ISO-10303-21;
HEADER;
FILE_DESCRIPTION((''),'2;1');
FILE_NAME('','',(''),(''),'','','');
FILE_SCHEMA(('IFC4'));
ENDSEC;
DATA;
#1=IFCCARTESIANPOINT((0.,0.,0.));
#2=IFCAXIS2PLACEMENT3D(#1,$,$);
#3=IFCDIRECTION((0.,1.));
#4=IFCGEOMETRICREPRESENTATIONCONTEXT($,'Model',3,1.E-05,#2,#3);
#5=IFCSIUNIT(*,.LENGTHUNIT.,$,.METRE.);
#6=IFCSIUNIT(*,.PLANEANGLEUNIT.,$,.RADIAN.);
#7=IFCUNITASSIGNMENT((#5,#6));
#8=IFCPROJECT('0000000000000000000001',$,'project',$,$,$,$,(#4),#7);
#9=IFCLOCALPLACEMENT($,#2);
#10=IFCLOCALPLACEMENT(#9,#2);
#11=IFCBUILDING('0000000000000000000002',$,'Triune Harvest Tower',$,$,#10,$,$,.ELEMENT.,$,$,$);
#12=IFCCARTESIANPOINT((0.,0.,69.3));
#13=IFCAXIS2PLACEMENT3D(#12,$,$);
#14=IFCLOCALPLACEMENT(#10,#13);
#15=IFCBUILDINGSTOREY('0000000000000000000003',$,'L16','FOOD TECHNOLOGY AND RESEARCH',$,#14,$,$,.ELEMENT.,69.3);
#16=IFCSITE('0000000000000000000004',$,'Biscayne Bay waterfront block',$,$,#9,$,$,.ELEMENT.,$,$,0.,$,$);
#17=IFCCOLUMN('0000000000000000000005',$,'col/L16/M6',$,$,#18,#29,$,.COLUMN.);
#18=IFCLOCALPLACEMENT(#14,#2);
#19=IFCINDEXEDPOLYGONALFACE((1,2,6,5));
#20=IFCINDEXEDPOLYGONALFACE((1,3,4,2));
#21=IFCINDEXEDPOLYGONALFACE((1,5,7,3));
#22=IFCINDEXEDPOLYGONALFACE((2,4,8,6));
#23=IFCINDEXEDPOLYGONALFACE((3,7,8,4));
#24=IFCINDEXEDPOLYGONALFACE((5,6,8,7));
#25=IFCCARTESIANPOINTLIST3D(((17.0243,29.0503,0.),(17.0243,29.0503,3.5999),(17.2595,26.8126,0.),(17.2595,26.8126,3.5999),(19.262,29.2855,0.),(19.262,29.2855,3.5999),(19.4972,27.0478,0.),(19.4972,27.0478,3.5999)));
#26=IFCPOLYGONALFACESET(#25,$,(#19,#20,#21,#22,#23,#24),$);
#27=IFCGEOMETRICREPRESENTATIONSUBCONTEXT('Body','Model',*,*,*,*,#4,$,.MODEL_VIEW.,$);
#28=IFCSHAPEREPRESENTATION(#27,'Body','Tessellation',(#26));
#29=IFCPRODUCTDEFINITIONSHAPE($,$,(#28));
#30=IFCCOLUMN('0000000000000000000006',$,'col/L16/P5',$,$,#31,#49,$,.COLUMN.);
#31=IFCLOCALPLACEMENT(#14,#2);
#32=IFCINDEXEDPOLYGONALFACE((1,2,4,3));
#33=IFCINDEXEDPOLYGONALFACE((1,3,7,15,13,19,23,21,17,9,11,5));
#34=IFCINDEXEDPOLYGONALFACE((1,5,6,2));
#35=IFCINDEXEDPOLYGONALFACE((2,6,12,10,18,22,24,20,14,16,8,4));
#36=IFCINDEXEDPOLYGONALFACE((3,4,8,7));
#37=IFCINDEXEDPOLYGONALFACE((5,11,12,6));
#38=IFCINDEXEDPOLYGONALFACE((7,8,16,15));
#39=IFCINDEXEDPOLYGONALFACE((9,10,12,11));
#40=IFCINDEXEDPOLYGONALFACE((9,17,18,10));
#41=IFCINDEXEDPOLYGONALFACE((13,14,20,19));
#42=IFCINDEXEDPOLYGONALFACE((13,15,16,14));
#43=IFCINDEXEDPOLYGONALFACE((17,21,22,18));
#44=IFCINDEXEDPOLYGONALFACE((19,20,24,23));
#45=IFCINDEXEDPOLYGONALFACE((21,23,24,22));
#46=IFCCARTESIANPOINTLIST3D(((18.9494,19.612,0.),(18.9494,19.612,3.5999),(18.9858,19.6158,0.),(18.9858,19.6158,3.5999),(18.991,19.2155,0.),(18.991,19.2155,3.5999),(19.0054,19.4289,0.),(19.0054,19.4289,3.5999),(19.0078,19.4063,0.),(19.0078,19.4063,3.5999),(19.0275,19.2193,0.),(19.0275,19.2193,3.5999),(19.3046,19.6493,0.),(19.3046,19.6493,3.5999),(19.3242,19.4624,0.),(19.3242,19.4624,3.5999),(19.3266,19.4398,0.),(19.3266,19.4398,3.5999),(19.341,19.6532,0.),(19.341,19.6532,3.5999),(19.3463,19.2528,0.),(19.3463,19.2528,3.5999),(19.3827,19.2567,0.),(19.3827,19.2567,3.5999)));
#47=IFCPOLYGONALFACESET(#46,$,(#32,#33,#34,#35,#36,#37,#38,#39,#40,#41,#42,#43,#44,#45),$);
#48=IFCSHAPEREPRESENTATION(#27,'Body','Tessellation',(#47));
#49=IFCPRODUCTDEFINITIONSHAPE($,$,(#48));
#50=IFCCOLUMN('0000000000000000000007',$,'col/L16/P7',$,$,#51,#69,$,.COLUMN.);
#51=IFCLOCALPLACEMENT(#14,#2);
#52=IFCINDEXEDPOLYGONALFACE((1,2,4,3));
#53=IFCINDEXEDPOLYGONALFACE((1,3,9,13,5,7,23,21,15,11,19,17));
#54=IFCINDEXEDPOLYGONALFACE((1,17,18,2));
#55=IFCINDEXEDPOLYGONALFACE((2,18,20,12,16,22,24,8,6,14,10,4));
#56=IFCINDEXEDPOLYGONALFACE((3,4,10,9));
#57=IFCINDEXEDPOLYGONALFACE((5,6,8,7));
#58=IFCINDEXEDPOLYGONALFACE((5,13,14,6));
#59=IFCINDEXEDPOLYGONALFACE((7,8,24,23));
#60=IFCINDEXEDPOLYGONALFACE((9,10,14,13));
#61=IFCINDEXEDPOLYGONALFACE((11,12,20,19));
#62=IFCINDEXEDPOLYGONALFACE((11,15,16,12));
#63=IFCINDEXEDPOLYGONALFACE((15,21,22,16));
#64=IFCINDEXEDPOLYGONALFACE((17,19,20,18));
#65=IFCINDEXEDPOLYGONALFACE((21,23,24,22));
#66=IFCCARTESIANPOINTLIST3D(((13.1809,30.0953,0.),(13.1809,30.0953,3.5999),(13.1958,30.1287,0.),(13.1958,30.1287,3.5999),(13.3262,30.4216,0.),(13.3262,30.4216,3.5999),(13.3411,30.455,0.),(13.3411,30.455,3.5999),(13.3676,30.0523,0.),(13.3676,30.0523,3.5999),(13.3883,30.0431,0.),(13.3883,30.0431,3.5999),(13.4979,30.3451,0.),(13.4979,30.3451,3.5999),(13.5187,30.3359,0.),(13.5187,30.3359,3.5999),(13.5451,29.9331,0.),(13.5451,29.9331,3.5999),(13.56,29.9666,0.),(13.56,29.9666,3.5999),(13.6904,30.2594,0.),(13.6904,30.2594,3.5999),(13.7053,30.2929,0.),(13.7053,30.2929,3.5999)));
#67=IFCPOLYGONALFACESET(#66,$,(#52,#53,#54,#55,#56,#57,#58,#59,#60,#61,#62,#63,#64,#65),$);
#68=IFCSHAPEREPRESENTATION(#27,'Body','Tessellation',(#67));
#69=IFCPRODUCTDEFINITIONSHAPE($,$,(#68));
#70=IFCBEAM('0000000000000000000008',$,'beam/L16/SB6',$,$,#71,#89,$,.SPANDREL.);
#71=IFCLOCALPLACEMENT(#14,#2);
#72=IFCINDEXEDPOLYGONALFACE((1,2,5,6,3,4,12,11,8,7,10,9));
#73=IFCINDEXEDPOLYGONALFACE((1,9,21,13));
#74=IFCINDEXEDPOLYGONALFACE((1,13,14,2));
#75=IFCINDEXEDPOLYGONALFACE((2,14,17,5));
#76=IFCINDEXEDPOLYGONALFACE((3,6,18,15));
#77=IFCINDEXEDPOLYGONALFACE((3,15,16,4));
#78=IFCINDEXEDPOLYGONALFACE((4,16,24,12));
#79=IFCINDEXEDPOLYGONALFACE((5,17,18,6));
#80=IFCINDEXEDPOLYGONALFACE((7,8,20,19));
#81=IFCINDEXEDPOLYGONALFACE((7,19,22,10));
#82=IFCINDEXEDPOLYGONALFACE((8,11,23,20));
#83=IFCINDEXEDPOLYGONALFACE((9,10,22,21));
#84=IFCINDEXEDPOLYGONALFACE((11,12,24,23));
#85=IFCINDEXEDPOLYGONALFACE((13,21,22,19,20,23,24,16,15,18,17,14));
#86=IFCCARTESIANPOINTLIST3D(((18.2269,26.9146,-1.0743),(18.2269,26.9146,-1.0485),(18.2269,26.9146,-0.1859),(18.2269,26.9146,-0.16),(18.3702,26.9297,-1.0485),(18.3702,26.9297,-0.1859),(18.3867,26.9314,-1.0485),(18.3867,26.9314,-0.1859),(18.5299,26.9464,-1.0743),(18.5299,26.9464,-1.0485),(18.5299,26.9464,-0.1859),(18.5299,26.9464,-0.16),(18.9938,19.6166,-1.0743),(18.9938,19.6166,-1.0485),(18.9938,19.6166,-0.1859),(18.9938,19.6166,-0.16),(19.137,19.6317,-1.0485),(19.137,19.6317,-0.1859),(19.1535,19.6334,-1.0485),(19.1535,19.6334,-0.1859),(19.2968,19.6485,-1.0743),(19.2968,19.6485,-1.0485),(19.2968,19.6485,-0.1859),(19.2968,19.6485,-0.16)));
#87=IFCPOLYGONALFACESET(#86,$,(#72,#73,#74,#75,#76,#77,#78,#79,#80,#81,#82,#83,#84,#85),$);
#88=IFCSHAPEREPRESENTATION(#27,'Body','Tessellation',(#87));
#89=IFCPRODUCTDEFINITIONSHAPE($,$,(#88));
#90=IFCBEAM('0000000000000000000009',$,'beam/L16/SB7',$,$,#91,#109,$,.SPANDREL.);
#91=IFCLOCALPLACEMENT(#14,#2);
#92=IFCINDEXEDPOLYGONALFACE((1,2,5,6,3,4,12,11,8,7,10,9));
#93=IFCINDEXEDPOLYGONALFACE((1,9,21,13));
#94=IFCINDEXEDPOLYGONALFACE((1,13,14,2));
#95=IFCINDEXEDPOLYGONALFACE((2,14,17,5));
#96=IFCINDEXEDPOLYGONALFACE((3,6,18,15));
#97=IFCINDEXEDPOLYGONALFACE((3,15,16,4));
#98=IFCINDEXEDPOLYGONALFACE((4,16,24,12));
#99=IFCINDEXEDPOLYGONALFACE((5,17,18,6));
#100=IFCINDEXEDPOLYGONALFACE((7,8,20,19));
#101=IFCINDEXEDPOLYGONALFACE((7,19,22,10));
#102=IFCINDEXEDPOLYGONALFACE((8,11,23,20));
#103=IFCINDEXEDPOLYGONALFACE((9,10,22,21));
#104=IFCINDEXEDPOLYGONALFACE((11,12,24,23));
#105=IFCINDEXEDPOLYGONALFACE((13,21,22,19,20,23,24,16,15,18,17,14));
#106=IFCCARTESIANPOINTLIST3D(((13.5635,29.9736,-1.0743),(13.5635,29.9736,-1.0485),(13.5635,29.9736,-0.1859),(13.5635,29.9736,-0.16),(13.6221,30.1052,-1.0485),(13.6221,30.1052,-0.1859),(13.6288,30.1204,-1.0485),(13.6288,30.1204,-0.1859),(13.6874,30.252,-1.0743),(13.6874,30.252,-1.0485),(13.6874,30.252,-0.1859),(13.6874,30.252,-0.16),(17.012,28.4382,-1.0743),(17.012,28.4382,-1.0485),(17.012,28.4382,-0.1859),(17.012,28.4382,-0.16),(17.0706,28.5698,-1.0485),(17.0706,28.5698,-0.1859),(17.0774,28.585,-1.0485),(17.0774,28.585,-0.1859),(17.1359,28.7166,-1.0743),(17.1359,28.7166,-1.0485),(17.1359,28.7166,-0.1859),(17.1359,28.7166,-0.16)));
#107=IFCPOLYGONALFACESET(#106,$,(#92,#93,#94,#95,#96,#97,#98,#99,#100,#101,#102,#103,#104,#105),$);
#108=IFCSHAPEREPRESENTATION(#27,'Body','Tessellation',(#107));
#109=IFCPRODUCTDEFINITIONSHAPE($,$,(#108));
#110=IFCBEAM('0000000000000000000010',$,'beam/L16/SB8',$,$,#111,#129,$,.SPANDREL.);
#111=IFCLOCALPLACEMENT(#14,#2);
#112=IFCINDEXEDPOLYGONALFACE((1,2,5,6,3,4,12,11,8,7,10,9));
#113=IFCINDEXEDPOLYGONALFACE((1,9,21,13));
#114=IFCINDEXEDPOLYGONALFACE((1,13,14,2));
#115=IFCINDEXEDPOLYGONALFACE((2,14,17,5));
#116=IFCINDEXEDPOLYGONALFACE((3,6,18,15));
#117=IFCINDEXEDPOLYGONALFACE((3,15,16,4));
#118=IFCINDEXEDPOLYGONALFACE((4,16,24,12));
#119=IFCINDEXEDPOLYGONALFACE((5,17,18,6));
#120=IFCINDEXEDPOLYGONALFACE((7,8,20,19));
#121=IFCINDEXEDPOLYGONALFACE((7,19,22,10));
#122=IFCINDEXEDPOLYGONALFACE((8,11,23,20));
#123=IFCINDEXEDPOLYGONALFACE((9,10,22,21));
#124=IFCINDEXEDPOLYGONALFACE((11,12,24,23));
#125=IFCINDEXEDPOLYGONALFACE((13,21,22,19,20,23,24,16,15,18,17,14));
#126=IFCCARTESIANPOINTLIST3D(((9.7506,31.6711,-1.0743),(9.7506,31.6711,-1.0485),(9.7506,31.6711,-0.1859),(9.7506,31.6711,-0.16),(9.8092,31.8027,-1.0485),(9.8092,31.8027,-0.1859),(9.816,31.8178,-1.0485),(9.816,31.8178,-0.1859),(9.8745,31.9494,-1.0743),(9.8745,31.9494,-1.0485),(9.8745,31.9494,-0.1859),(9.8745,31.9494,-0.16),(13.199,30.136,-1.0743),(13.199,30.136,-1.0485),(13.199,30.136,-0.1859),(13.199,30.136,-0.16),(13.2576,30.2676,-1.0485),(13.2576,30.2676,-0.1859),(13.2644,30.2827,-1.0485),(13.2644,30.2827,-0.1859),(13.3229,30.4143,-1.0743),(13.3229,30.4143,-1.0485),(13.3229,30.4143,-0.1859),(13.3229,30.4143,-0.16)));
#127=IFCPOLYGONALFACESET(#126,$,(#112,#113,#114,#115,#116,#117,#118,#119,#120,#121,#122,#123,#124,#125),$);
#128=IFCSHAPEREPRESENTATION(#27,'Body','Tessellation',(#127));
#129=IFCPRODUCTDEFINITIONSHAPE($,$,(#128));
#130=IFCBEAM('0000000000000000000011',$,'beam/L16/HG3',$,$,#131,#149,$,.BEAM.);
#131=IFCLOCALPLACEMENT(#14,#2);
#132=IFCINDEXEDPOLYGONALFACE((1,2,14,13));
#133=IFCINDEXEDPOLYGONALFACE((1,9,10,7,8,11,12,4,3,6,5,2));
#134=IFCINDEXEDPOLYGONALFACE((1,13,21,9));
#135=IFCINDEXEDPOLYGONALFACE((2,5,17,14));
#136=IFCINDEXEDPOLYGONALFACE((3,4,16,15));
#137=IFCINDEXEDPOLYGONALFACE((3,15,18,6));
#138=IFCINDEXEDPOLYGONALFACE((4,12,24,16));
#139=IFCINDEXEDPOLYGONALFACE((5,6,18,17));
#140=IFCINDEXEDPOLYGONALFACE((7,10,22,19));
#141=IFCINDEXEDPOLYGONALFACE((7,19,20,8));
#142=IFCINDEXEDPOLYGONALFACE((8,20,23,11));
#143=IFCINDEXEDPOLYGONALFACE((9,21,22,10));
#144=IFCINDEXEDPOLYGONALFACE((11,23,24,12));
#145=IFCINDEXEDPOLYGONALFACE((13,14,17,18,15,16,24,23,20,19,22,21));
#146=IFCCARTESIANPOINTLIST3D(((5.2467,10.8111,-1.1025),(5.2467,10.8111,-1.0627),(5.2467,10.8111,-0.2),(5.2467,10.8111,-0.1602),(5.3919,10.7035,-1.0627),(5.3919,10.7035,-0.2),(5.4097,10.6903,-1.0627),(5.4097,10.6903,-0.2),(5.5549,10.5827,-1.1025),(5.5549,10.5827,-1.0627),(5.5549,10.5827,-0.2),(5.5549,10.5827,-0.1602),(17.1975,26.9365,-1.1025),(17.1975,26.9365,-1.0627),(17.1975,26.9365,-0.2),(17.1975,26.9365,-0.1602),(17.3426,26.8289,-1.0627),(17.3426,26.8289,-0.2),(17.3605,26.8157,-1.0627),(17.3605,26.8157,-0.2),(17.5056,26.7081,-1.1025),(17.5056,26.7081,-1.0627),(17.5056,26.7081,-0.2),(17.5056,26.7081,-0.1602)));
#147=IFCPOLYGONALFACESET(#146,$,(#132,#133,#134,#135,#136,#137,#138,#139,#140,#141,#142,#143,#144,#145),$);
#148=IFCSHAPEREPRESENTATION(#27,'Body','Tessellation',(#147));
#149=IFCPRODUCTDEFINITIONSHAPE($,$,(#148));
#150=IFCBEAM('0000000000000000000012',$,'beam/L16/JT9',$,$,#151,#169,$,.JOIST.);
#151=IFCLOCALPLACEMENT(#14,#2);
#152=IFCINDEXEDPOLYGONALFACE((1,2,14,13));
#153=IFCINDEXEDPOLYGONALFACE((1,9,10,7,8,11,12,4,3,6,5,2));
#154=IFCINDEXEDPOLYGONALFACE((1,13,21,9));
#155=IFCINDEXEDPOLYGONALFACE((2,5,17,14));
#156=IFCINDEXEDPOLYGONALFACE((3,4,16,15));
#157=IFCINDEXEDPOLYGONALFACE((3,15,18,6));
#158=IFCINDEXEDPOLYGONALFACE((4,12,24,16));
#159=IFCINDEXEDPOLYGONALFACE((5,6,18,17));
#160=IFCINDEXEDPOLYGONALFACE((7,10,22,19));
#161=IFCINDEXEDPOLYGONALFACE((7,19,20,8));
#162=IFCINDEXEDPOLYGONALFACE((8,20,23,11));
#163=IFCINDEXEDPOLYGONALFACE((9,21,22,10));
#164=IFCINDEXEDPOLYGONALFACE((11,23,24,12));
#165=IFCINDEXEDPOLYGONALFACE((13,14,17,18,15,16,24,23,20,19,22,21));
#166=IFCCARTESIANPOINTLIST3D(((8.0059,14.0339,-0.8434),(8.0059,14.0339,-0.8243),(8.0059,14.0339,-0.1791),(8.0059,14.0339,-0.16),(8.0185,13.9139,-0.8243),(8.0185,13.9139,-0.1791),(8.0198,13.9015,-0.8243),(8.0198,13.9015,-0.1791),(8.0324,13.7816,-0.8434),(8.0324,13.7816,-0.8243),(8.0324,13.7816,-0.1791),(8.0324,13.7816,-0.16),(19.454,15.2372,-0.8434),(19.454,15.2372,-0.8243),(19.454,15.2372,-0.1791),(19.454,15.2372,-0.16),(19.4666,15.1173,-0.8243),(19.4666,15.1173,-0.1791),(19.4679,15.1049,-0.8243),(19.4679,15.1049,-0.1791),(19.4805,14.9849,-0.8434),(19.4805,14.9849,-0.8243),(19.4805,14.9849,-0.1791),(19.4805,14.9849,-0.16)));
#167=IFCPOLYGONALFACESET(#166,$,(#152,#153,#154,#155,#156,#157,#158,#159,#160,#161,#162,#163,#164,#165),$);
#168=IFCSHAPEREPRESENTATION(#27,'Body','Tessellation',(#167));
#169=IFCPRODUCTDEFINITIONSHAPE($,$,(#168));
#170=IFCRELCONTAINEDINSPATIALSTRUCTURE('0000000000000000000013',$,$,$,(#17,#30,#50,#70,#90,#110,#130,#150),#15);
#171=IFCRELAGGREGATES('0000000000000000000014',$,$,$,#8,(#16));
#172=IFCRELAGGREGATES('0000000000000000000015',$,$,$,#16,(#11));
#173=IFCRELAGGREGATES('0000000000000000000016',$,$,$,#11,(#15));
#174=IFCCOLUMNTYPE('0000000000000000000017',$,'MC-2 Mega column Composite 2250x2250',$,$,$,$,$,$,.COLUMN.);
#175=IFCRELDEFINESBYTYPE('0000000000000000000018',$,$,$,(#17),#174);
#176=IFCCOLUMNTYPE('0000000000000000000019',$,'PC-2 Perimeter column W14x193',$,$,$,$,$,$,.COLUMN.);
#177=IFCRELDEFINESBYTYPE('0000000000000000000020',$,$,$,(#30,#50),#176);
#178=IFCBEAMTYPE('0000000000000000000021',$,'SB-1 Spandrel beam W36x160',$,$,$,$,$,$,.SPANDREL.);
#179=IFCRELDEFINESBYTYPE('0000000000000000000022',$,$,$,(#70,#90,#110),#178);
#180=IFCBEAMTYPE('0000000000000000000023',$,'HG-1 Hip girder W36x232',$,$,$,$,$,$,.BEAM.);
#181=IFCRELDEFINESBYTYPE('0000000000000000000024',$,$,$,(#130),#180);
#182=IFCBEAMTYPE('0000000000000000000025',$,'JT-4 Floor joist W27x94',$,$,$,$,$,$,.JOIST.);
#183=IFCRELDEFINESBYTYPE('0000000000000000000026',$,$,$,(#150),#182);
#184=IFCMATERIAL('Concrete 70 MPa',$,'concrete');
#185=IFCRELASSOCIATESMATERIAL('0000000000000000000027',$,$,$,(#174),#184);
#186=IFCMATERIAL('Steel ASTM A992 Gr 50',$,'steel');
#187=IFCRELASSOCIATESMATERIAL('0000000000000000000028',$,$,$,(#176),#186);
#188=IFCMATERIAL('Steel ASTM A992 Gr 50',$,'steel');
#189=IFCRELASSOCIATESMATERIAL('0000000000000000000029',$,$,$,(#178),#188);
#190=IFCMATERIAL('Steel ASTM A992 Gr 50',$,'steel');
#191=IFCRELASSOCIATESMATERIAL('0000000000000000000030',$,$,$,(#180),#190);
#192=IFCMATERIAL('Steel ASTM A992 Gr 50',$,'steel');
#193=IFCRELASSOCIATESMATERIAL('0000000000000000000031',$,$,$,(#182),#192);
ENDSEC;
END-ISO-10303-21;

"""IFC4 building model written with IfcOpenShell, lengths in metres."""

from ifc_helpers import new_model, si_unit, direction, frame, origin, origin_2d, place, context, subcontext, project, spatial, rectangle, i_section, extrude, source, transform, mapped, material, material_profile, profile_set, type_object, element, save


model = new_model("IFC4")

# Units and contexts
model_context = context("Model", 3, precision=1e-05, world=origin(), true_north=direction((0.0, 1.0)))
body_context = subcontext(model_context, "Body", "Model", "MODEL_VIEW")
ifc_project = project(units=[si_unit("LENGTHUNIT", "METRE"), si_unit("PLANEANGLEUNIT", "RADIAN")], contexts=[model_context])

# Site, building, storey
site_placement = place(None, origin())
site = spatial("IfcSite", under=ifc_project, at=site_placement, Name="Biscayne Bay waterfront block", CompositionType="ELEMENT", RefElevation=0.0)
building_placement = place(site_placement, origin())
building = spatial("IfcBuilding", under=site, at=building_placement, Name="Triune Harvest Tower", CompositionType="ELEMENT")
storey_placement = place(building_placement, frame((0.0, 0.0, 69.3)))
storey = spatial("IfcBuildingStorey", under=building, at=storey_placement, Name="L16", Description="FOOD TECHNOLOGY AND RESEARCH", CompositionType="ELEMENT", Elevation=69.3)

# Columns
ifc_material_1 = material(Name="Concrete 70 MPa", Category="concrete")
ifc_material_profile_1 = material_profile(ifc_material_1, rectangle(XDim=2.25, YDim=2.25, at=origin_2d()), Name="Composite 2250x2250")
ifc_profile_set_1 = profile_set([ifc_material_profile_1], Name="Concrete 70 MPa")
column_type_1 = type_object("IfcColumnType", Name="MC-2 Mega column Composite 2250x2250", PredefinedType="COLUMN", material=ifc_profile_set_1)
shared_shape_1 = source(origin(), body_context, "Body", "SweptSolid", [
    extrude(rectangle(XDim=2.25, YDim=2.25, at=origin_2d()), origin(), (0.0, 0.0, 1.0), 3.5999),
])
column_placement = place(storey_placement, frame((18.2607, 28.0491, 0.0), z_axis=(0.0, 0.0, 1.0), x_axis=(-0.104527, 0.994522, 0.0)))
element("IfcColumn", 1, at=column_placement, inside=storey, type_object=column_type_1, Name="col/L16/M6", PredefinedType="COLUMN", context=body_context, shape_type="MappedRepresentation", body=[
    mapped(shared_shape_1, transform((0.0, 0.0, 0.0), scale=1.0)),
])
ifc_material_2 = material(Name="Steel ASTM A992 Gr 50", Category="steel")
ifc_material_profile_2 = material_profile(ifc_material_2, i_section(OverallWidth=0.3987, OverallDepth=0.3938, WebThickness=0.0227, FlangeThickness=0.0366, at=origin_2d()), Name="W14x193")
ifc_profile_set_2 = profile_set([ifc_material_profile_2], Name="Steel ASTM A992 Gr 50")
column_type_2 = type_object("IfcColumnType", Name="PC-2 Perimeter column W14x193", PredefinedType="COLUMN", material=ifc_profile_set_2)
shared_shape_2 = source(origin(), body_context, "Body", "SweptSolid", [
    extrude(i_section(OverallWidth=0.3987, OverallDepth=0.3938, WebThickness=0.0227, FlangeThickness=0.0366, at=origin_2d()), origin(), (0.0, 0.0, 1.0), 3.5999),
])
for number, where, z_axis, x_axis, name in (
    (2, (19.166, 19.4343, 0.0), (0.0, 0.0, 1.0), (-0.104527, 0.994522, 0.0), "col/L16/P5"),
    (3, (13.4431, 30.1941, 0.0), (0.0, 0.0, 1.0), (-0.913547, 0.406733, 0.0), "col/L16/P7"),
):
    element("IfcColumn", number, at=place(storey_placement, frame(where, z_axis=z_axis, x_axis=x_axis)), inside=storey, type_object=column_type_2, Name=name, PredefinedType="COLUMN", context=body_context, shape_type="MappedRepresentation", body=[
        mapped(shared_shape_2, transform((0.0, 0.0, 0.0), scale=1.0)),
    ])

# Beams
ifc_material_3 = material(Name="Steel ASTM A992 Gr 50", Category="steel")
ifc_material_profile_3 = material_profile(ifc_material_3, i_section(OverallWidth=0.3047, OverallDepth=0.9143, WebThickness=0.0166, FlangeThickness=0.0259, at=origin_2d()), Name="W36x160")
ifc_profile_set_3 = profile_set([ifc_material_profile_3], Name="Steel ASTM A992 Gr 50")
beam_type_1 = type_object("IfcBeamType", Name="SB-1 Spandrel beam W36x160", PredefinedType="SPANDREL", material=ifc_profile_set_3)
shared_shape_3 = source(origin(), body_context, "Body", "SweptSolid", [
    extrude(i_section(OverallWidth=0.3047, OverallDepth=0.9143, WebThickness=0.0166, FlangeThickness=0.0259, at=origin_2d()), origin(), (0.0, 0.0, 1.0), 7.3381),
])
beam_1_placement = place(storey_placement, frame((19.1453, 19.6326, -0.6172), z_axis=(-0.104503, 0.994525, 0.0), x_axis=(-0.994525, -0.104503, 0.0)))
element("IfcBeam", 4, at=beam_1_placement, inside=storey, type_object=beam_type_1, Name="beam/L16/SB6", PredefinedType="SPANDREL", context=body_context, shape_type="MappedRepresentation", body=[
    mapped(shared_shape_3, transform((0.0, 0.0, 0.0), scale=1.0)),
])
shared_shape_4 = source(origin(), body_context, "Body", "SweptSolid", [
    extrude(i_section(OverallWidth=0.3047, OverallDepth=0.9143, WebThickness=0.0166, FlangeThickness=0.0259, at=origin_2d()), origin(), (0.0, 0.0, 1.0), 3.7749),
])
beam_2_placement = place(storey_placement, frame((17.074, 28.5774, -0.6172), z_axis=(-0.913542, 0.406744, 0.0), x_axis=(-0.406744, -0.913542, 0.0)))
element("IfcBeam", 5, at=beam_2_placement, inside=storey, type_object=beam_type_1, Name="beam/L16/SB7", PredefinedType="SPANDREL", context=body_context, shape_type="MappedRepresentation", body=[
    mapped(shared_shape_4, transform((0.0, 0.0, 0.0), scale=1.0)),
])
shared_shape_5 = source(origin(), body_context, "Body", "SweptSolid", [
    extrude(i_section(OverallWidth=0.3047, OverallDepth=0.9143, WebThickness=0.0166, FlangeThickness=0.0259, at=origin_2d()), origin(), (0.0, 0.0, 1.0), 3.7747),
])
beam_3_placement = place(storey_placement, frame((13.261, 30.2751, -0.6172), z_axis=(-0.913566, 0.40669, 0.0), x_axis=(-0.40669, -0.913566, 0.0)))
element("IfcBeam", 6, at=beam_3_placement, inside=storey, type_object=beam_type_1, Name="beam/L16/SB8", PredefinedType="SPANDREL", context=body_context, shape_type="MappedRepresentation", body=[
    mapped(shared_shape_5, transform((0.0, 0.0, 0.0), scale=1.0)),
])
ifc_material_4 = material(Name="Steel ASTM A992 Gr 50", Category="steel")
ifc_material_profile_4 = material_profile(ifc_material_4, i_section(OverallWidth=0.3835, OverallDepth=0.9424, WebThickness=0.0222, FlangeThickness=0.0398, at=origin_2d()), Name="W36x232")
ifc_profile_set_4 = profile_set([ifc_material_profile_4], Name="Steel ASTM A992 Gr 50")
beam_type_2 = type_object("IfcBeamType", Name="HG-1 Hip girder W36x232", PredefinedType="BEAM", material=ifc_profile_set_4)
shared_shape_6 = source(origin(), body_context, "Body", "SweptSolid", [
    extrude(i_section(OverallWidth=0.3835, OverallDepth=0.9424, WebThickness=0.0222, FlangeThickness=0.0398, at=origin_2d()), origin(), (0.0, 0.0, 1.0), 20.071),
])
beam_4_placement = place(storey_placement, frame((17.3516, 26.8223, -0.6313), z_axis=(-0.595422, -0.803413, 0.0), x_axis=(0.803413, -0.595422, 0.0)))
element("IfcBeam", 7, at=beam_4_placement, inside=storey, type_object=beam_type_2, Name="beam/L16/HG3", PredefinedType="BEAM", context=body_context, shape_type="MappedRepresentation", body=[
    mapped(shared_shape_6, transform((0.0, 0.0, 0.0), scale=1.0)),
])
ifc_material_5 = material(Name="Steel ASTM A992 Gr 50", Category="steel")
ifc_material_profile_5 = material_profile(ifc_material_5, i_section(OverallWidth=0.2537, OverallDepth=0.6833, WebThickness=0.0125, FlangeThickness=0.019, at=origin_2d()), Name="W27x94")
ifc_profile_set_5 = profile_set([ifc_material_profile_5], Name="Steel ASTM A992 Gr 50")
beam_type_3 = type_object("IfcBeamType", Name="JT-4 Floor joist W27x94", PredefinedType="JOIST", material=ifc_profile_set_5)
shared_shape_7 = source(origin(), body_context, "Body", "SweptSolid", [
    extrude(i_section(OverallWidth=0.2537, OverallDepth=0.6833, WebThickness=0.0125, FlangeThickness=0.019, at=origin_2d()), origin(), (0.0, 0.0, 1.0), 11.5112),
])
beam_5_placement = place(storey_placement, frame((19.4673, 15.1111, -0.5017), z_axis=(-0.994521, -0.104538, 0.0), x_axis=(0.104538, -0.994521, 0.0)))
element("IfcBeam", 8, at=beam_5_placement, inside=storey, type_object=beam_type_3, Name="beam/L16/JT9", PredefinedType="JOIST", context=body_context, shape_type="MappedRepresentation", body=[
    mapped(shared_shape_7, transform((0.0, 0.0, 0.0), scale=1.0)),
])

save(model, "model.ifc")
